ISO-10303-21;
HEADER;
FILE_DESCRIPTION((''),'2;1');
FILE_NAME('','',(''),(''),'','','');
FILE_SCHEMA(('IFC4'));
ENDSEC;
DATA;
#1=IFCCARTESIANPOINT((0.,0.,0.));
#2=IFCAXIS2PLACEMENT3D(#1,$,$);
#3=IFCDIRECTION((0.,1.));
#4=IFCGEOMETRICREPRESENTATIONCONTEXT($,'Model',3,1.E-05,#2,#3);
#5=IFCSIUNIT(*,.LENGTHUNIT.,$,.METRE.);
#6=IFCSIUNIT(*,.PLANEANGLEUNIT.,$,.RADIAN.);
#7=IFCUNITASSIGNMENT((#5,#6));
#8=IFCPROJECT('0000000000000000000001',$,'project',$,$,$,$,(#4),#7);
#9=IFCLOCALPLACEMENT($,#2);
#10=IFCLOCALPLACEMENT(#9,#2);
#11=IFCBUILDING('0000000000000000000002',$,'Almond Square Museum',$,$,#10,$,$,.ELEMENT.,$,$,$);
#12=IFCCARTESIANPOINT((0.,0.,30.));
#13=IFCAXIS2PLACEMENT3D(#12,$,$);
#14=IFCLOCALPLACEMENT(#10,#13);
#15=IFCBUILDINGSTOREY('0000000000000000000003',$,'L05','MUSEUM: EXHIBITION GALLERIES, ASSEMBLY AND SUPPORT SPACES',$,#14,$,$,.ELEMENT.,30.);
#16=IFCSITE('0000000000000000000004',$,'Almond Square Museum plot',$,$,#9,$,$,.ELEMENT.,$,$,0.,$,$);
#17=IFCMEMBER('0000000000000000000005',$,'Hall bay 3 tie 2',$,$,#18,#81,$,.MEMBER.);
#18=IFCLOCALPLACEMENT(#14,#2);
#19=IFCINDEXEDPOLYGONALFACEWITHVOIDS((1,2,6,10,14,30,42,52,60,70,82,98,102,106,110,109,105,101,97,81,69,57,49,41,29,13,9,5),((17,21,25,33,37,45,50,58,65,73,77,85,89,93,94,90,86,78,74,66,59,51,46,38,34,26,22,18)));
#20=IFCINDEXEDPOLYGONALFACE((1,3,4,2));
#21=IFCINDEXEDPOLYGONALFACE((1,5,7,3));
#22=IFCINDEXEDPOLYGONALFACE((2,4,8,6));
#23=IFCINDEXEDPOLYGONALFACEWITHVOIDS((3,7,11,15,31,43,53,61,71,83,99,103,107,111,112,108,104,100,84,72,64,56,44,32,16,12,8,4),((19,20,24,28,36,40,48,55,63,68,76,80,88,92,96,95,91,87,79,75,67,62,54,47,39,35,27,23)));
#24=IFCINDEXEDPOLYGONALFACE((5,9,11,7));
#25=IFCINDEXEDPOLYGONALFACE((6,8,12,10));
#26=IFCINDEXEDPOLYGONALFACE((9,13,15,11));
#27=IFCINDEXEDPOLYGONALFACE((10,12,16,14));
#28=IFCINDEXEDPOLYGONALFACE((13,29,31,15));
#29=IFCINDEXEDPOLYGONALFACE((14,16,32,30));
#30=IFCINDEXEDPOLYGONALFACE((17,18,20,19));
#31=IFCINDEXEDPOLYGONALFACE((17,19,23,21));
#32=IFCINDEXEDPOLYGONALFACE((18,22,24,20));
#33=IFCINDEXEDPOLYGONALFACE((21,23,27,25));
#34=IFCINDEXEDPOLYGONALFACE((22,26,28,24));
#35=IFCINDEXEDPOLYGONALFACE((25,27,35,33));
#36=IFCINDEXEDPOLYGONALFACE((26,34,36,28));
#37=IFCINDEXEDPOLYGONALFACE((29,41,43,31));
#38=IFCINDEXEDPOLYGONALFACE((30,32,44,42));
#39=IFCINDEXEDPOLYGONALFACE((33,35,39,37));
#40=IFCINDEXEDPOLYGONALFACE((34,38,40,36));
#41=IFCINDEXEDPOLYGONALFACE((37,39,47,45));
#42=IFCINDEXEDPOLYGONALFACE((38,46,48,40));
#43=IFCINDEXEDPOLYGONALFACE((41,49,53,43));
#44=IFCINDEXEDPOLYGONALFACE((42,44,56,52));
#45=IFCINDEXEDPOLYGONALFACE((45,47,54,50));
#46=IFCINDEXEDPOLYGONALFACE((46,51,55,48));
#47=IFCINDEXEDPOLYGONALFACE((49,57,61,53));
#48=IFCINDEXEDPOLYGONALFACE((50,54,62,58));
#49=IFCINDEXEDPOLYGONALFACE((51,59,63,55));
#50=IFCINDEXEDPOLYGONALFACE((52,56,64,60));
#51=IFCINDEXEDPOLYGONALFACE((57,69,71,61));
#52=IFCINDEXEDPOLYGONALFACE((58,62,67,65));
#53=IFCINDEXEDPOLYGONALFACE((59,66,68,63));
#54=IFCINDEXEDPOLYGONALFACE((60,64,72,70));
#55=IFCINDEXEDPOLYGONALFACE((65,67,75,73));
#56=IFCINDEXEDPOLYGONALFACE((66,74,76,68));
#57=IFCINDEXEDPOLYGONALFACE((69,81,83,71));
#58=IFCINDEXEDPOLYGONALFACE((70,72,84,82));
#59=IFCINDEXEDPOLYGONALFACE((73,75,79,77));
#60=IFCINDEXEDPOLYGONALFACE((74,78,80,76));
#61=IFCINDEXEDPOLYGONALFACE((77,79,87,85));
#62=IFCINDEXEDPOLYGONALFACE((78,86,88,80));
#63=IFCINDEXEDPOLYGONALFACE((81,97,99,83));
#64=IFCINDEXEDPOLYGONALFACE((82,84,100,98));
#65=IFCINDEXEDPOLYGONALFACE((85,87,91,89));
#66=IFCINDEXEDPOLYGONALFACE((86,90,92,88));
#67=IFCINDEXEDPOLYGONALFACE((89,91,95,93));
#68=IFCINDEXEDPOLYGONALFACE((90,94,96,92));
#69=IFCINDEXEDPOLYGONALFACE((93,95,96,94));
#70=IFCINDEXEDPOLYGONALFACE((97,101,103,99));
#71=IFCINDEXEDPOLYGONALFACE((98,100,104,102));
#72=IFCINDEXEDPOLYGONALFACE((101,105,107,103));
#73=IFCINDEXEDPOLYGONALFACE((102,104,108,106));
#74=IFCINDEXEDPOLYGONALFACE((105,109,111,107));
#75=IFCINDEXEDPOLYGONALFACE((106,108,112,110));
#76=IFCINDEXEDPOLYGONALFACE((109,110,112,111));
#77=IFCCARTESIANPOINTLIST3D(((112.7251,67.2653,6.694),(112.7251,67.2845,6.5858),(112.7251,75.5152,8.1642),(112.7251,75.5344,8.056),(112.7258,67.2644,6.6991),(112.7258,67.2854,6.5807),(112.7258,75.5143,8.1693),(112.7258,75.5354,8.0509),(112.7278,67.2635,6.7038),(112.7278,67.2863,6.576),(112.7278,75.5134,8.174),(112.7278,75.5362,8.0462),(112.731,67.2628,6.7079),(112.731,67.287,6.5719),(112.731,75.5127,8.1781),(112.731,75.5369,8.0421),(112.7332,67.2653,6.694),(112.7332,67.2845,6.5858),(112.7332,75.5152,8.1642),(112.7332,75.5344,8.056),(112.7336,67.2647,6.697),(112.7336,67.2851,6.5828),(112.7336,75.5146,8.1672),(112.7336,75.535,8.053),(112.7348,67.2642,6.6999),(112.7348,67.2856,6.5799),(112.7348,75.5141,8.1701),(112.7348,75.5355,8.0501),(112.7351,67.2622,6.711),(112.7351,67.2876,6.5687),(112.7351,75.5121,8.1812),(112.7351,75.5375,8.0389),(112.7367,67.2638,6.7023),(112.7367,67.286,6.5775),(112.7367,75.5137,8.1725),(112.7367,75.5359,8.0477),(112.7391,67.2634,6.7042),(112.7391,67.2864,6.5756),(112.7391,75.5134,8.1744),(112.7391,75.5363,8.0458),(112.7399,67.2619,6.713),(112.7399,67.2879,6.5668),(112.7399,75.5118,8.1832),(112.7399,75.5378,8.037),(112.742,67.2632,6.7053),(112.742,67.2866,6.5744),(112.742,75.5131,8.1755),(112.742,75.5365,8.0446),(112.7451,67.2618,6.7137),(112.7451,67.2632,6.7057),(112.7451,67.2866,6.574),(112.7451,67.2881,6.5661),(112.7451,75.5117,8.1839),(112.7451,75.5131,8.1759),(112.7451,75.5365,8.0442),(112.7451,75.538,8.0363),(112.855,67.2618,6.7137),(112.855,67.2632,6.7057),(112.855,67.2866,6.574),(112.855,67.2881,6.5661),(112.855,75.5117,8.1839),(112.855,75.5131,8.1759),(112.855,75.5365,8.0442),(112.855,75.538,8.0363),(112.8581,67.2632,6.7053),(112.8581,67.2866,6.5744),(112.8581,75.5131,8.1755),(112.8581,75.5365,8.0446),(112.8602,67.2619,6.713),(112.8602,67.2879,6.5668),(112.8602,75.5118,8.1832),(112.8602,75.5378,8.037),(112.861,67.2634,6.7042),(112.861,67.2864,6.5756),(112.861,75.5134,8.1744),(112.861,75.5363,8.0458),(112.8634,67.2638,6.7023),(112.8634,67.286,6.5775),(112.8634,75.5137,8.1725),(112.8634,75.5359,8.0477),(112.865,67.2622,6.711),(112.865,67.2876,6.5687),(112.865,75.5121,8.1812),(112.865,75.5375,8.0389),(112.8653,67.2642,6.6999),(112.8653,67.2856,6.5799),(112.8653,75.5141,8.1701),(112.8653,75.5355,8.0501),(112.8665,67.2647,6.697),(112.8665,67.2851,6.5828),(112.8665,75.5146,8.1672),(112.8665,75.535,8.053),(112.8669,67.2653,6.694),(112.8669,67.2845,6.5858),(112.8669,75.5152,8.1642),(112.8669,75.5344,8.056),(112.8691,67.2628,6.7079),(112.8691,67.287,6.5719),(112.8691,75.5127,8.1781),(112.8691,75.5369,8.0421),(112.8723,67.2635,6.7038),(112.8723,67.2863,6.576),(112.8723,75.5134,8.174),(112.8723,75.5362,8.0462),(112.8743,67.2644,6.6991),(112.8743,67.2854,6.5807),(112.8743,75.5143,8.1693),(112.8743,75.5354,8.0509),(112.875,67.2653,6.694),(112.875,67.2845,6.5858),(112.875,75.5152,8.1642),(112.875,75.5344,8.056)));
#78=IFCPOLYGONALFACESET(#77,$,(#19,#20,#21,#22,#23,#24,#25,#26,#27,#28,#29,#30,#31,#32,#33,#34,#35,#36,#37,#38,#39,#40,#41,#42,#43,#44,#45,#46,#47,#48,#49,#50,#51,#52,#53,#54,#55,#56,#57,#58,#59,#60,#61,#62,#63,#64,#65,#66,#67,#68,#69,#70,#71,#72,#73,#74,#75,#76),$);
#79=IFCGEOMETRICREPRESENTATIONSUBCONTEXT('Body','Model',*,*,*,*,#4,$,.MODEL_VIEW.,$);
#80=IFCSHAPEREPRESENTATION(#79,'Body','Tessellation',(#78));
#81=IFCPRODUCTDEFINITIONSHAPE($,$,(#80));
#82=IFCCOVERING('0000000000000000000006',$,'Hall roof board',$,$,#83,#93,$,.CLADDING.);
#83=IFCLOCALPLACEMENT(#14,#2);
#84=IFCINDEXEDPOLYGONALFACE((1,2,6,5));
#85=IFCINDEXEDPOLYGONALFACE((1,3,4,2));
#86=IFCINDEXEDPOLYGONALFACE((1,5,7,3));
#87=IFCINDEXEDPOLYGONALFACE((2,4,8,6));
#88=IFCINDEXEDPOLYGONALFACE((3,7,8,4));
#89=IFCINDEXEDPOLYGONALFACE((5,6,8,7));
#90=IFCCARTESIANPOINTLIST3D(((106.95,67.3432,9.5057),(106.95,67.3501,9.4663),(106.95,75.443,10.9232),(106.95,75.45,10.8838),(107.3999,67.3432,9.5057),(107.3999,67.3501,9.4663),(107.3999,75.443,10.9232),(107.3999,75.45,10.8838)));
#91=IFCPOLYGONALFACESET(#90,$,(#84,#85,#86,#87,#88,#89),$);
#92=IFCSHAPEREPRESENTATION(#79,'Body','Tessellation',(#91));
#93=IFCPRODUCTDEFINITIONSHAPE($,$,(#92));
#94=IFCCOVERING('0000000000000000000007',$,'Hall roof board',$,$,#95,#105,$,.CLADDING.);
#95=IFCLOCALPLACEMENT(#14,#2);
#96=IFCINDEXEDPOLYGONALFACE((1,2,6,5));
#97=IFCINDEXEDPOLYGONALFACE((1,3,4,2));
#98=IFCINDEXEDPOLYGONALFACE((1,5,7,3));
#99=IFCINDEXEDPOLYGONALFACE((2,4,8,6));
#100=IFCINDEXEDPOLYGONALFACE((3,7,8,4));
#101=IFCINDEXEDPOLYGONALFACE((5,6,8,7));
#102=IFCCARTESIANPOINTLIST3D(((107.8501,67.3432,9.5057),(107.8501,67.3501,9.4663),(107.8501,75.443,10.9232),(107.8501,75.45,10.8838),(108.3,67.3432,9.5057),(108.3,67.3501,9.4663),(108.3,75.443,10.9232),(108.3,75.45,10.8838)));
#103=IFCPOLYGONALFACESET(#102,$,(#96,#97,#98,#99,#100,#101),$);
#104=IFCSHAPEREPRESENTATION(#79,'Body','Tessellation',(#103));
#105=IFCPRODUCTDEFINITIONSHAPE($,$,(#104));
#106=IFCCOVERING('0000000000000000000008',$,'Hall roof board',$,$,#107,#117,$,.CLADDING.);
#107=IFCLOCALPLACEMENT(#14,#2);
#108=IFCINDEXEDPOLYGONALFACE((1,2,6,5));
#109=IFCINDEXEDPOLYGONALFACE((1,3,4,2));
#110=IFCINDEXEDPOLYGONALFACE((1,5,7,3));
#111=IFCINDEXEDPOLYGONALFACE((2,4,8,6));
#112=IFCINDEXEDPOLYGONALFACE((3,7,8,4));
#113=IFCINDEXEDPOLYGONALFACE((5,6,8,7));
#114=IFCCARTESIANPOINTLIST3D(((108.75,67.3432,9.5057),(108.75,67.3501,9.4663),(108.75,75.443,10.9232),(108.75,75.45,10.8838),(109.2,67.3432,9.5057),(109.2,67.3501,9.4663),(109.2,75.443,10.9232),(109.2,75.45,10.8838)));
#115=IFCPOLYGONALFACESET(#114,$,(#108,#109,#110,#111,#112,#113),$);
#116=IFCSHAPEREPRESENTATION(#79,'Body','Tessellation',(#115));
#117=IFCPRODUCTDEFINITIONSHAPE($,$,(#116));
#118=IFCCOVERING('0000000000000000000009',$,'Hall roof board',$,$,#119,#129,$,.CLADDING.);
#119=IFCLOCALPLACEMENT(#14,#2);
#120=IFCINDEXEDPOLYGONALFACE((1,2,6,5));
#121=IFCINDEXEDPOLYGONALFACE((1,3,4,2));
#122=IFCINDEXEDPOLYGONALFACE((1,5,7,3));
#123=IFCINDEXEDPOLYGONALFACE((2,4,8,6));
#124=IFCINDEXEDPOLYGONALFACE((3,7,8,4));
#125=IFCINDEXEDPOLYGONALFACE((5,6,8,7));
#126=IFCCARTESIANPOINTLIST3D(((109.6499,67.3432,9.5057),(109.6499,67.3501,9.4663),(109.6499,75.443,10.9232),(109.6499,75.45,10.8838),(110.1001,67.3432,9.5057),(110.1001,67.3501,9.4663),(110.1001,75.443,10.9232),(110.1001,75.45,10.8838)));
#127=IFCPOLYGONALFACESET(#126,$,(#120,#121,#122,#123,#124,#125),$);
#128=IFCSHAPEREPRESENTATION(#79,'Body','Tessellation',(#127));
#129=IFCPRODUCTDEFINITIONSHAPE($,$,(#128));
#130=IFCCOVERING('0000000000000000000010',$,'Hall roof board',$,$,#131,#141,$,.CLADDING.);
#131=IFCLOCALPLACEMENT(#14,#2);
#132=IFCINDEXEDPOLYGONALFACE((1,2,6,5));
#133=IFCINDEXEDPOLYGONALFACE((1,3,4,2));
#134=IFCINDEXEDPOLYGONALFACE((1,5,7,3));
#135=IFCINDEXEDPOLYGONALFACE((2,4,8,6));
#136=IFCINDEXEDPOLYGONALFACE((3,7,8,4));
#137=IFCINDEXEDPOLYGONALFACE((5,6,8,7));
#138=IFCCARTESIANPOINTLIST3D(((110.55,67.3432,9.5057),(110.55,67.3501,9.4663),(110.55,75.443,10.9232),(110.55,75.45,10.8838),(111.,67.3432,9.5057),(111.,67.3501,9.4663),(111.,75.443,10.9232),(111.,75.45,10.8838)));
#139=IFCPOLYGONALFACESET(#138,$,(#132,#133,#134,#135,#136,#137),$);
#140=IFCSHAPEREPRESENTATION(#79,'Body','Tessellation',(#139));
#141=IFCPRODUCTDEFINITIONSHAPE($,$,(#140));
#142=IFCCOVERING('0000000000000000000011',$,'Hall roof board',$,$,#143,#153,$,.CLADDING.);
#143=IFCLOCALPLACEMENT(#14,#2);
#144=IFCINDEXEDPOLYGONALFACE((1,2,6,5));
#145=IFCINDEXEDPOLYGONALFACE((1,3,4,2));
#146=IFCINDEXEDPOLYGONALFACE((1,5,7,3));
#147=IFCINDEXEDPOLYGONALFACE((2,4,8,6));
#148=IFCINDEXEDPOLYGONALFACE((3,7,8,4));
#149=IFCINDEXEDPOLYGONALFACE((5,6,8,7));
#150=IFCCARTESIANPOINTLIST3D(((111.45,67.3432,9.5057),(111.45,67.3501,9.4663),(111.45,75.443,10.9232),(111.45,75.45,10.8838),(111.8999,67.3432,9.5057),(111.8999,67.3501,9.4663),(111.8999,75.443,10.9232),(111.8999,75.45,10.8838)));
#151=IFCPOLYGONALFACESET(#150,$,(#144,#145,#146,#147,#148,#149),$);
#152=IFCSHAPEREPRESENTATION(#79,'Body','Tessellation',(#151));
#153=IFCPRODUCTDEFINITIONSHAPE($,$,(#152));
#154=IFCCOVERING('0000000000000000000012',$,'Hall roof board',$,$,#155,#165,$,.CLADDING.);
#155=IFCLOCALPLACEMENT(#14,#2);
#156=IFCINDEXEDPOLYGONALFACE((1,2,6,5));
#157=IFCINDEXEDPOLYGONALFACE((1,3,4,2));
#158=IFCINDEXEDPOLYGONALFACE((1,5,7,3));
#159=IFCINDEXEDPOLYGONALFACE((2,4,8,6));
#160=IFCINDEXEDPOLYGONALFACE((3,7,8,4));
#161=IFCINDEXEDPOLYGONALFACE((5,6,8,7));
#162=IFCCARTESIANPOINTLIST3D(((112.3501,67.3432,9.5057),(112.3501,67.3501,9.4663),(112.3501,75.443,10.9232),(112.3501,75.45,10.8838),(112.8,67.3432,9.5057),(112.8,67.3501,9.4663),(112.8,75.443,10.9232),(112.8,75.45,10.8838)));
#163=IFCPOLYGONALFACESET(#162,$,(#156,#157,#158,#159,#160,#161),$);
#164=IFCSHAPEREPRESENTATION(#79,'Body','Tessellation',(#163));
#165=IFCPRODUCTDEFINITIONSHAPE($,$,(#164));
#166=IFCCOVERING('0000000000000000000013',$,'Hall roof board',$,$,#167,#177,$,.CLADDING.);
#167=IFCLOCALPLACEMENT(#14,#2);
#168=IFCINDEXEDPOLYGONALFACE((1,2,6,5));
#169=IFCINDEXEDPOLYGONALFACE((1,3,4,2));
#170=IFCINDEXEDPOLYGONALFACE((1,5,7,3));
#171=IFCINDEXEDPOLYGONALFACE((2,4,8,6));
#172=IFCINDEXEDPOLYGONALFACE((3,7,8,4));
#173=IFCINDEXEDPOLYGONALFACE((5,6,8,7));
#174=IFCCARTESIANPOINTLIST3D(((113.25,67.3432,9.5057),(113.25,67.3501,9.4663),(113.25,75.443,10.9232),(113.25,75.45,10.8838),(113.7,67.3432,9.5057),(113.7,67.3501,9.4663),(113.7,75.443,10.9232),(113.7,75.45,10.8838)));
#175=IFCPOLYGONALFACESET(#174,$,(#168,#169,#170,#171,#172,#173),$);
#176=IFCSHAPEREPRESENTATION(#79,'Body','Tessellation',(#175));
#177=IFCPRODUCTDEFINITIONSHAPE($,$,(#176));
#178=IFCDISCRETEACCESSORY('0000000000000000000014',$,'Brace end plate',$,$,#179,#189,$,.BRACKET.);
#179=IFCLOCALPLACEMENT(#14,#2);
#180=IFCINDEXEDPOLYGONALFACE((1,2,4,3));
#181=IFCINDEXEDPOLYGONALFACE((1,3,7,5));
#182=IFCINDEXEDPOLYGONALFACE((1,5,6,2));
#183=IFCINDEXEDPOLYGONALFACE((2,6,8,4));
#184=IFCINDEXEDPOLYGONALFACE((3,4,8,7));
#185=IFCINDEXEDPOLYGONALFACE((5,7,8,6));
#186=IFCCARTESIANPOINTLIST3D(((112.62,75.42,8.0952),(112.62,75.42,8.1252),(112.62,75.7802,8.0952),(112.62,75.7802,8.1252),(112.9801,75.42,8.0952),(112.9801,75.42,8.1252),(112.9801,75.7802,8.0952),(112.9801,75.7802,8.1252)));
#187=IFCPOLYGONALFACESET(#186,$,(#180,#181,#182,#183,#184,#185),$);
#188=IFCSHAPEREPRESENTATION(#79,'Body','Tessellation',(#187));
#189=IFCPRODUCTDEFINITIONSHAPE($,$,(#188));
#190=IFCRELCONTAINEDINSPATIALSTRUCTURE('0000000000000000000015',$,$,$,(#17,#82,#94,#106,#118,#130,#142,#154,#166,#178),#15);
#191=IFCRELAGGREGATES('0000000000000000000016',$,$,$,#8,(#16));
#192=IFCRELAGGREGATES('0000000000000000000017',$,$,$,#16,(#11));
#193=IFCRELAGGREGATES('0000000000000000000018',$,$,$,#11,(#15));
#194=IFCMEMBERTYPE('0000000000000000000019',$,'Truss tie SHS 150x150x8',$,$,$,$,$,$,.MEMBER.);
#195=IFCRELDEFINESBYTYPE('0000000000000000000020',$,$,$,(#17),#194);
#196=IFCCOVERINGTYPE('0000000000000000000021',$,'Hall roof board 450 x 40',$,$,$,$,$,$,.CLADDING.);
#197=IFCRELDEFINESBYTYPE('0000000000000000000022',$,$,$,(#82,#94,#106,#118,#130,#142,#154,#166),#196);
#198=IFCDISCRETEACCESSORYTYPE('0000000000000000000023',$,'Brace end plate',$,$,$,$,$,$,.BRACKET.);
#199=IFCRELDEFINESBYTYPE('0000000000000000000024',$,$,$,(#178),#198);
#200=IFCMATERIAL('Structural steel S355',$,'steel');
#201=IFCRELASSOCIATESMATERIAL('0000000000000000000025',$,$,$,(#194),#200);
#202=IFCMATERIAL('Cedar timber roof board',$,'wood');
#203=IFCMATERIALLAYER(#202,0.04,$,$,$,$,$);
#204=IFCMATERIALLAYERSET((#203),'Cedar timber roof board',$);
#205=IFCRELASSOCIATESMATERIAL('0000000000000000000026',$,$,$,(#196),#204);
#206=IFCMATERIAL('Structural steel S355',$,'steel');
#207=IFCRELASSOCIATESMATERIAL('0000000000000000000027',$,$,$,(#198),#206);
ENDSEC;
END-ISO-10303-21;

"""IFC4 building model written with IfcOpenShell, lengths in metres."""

from ifc_helpers import new_model, si_unit, direction, frame, origin, origin_2d, place, context, subcontext, project, spatial, polyline, rectangle, hollow_rectangle, outline, extrude, material, layer, layer_set, material_profile, profile_set, type_object, element, save


model = new_model("IFC4")

# Units and contexts
model_context = context("Model", 3, precision=1e-05, world=origin(), true_north=direction((0.0, 1.0)))
body_context = subcontext(model_context, "Body", "Model", "MODEL_VIEW")
ifc_project = project(units=[si_unit("LENGTHUNIT", "METRE"), si_unit("PLANEANGLEUNIT", "RADIAN")], contexts=[model_context])

# Site, building, storey
site_placement = place(None, origin())
site = spatial("IfcSite", under=ifc_project, at=site_placement, Name="Almond Square Museum plot", CompositionType="ELEMENT", RefElevation=0.0)
building_placement = place(site_placement, origin())
building = spatial("IfcBuilding", under=site, at=building_placement, Name="Almond Square Museum", CompositionType="ELEMENT")
storey_placement = place(building_placement, frame((0.0, 0.0, 30.0)))
storey = spatial("IfcBuildingStorey", under=building, at=storey_placement, Name="L05", Description="MUSEUM: EXHIBITION GALLERIES, ASSEMBLY AND SUPPORT SPACES", CompositionType="ELEMENT", Elevation=30.0)

# Member
ifc_material_1 = material(Name="Structural steel S355", Category="steel")
ifc_material_profile_1 = material_profile(ifc_material_1, hollow_rectangle(XDim=0.1499, YDim=0.1499, WallThickness=0.0081, InnerFilletRadius=0.012, OuterFilletRadius=0.02, at=origin_2d()))
ifc_profile_set_1 = profile_set([ifc_material_profile_1], Name="Structural steel S355")
member_type_1 = type_object("IfcMemberType", Name="Truss tie SHS 150x150x8", PredefinedType="MEMBER", material=ifc_profile_set_1)
member_1_placement = place(storey_placement, frame((112.8, 67.2749, 6.6399), z_axis=(0.0, 0.984489, 0.175444), x_axis=(-1.0, 0.0, 0.0)))
element("IfcMember", 1, at=member_1_placement, inside=storey, type_object=member_type_1, Name="Hall bay 3 tie 2", PredefinedType="MEMBER", context=body_context, shape_type="SweptSolid", body=[
    extrude(hollow_rectangle(XDim=0.1499, YDim=0.1499, WallThickness=0.0081, InnerFilletRadius=0.012, OuterFilletRadius=0.02, at=origin_2d()), origin(), (0.0, 0.0, 1.0), 8.3799),
])

# Coverings
ifc_material_2 = material(Name="Cedar timber roof board", Category="wood")
ifc_layer_1 = layer(ifc_material_2, 0.04)
ifc_layer_set_1 = layer_set([ifc_layer_1], Name="Cedar timber roof board")
covering_type = type_object("IfcCoveringType", Name="Hall roof board 450 x 40", PredefinedType="CLADDING", material=ifc_layer_set_1)
for number, where, z_axis, x_axis, name in (
    (2, (107.3999, 75.45, 10.8838), (0.0, -0.172381, 0.98503), (-1.0, 0.0, 0.0), "Hall roof board"),
    (3, (108.3, 75.45, 10.8838), (0.0, -0.172381, 0.98503), (-1.0, 0.0, 0.0), "Hall roof board"),
    (4, (109.2, 75.45, 10.8838), (0.0, -0.172381, 0.98503), (-1.0, 0.0, 0.0), "Hall roof board"),
):
    element("IfcCovering", number, at=place(storey_placement, frame(where, z_axis=z_axis, x_axis=x_axis)), inside=storey, type_object=covering_type, Name=name, PredefinedType="CLADDING", context=body_context, shape_type="SweptSolid", body=[
        extrude(outline(polyline([(0.0, 0.0), (0.45, 0.0), (0.45, 8.2229), (0.0, 8.2229), (0.0, 0.0)])), origin(), (0.0, 0.0, 1.0), 0.04),
    ])
covering_placement = place(storey_placement, frame((110.1001, 75.45, 10.8838), z_axis=(0.0, -0.172381, 0.98503), x_axis=(-1.0, 0.0, 0.0)))
element("IfcCovering", 5, at=covering_placement, inside=storey, type_object=covering_type, Name="Hall roof board", PredefinedType="CLADDING", context=body_context, shape_type="SweptSolid", body=[
    extrude(outline(polyline([(0.0, 0.0), (0.4502, 0.0), (0.4502, 8.2229), (0.0, 8.2229), (0.0, 0.0)])), origin(), (0.0, 0.0, 1.0), 0.04),
])
for number, where, z_axis, x_axis, name in (
    (6, (111.0, 75.45, 10.8838), (0.0, -0.172381, 0.98503), (-1.0, 0.0, 0.0), "Hall roof board"),
    (7, (111.8999, 75.45, 10.8838), (0.0, -0.172381, 0.98503), (-1.0, 0.0, 0.0), "Hall roof board"),
    (8, (112.8, 75.45, 10.8838), (0.0, -0.172381, 0.98503), (-1.0, 0.0, 0.0), "Hall roof board"),
    (9, (113.7, 75.45, 10.8838), (0.0, -0.172381, 0.98503), (-1.0, 0.0, 0.0), "Hall roof board"),
):
    element("IfcCovering", number, at=place(storey_placement, frame(where, z_axis=z_axis, x_axis=x_axis)), inside=storey, type_object=covering_type, Name=name, PredefinedType="CLADDING", context=body_context, shape_type="SweptSolid", body=[
        extrude(outline(polyline([(0.0, 0.0), (0.45, 0.0), (0.45, 8.2229), (0.0, 8.2229), (0.0, 0.0)])), origin(), (0.0, 0.0, 1.0), 0.04),
    ])

# Discrete accessory
ifc_material_3 = material(Name="Structural steel S355", Category="steel")
discrete_accessory_type = type_object("IfcDiscreteAccessoryType", Name="Brace end plate", PredefinedType="BRACKET", material=ifc_material_3)
discrete_accessory_placement = place(storey_placement, frame((112.8, 75.6001, 8.0952), z_axis=(0.0, 0.0, 1.0), x_axis=(1.0, 0.0, 0.0)))
element("IfcDiscreteAccessory", 10, at=discrete_accessory_placement, inside=storey, type_object=discrete_accessory_type, Name="Brace end plate", PredefinedType="BRACKET", context=body_context, shape_type="SweptSolid", body=[
    extrude(rectangle(XDim=0.3601, YDim=0.3601, at=origin_2d()), origin(), (0.0, 0.0, 1.0), 0.03),
])

save(model, "model.ifc")
